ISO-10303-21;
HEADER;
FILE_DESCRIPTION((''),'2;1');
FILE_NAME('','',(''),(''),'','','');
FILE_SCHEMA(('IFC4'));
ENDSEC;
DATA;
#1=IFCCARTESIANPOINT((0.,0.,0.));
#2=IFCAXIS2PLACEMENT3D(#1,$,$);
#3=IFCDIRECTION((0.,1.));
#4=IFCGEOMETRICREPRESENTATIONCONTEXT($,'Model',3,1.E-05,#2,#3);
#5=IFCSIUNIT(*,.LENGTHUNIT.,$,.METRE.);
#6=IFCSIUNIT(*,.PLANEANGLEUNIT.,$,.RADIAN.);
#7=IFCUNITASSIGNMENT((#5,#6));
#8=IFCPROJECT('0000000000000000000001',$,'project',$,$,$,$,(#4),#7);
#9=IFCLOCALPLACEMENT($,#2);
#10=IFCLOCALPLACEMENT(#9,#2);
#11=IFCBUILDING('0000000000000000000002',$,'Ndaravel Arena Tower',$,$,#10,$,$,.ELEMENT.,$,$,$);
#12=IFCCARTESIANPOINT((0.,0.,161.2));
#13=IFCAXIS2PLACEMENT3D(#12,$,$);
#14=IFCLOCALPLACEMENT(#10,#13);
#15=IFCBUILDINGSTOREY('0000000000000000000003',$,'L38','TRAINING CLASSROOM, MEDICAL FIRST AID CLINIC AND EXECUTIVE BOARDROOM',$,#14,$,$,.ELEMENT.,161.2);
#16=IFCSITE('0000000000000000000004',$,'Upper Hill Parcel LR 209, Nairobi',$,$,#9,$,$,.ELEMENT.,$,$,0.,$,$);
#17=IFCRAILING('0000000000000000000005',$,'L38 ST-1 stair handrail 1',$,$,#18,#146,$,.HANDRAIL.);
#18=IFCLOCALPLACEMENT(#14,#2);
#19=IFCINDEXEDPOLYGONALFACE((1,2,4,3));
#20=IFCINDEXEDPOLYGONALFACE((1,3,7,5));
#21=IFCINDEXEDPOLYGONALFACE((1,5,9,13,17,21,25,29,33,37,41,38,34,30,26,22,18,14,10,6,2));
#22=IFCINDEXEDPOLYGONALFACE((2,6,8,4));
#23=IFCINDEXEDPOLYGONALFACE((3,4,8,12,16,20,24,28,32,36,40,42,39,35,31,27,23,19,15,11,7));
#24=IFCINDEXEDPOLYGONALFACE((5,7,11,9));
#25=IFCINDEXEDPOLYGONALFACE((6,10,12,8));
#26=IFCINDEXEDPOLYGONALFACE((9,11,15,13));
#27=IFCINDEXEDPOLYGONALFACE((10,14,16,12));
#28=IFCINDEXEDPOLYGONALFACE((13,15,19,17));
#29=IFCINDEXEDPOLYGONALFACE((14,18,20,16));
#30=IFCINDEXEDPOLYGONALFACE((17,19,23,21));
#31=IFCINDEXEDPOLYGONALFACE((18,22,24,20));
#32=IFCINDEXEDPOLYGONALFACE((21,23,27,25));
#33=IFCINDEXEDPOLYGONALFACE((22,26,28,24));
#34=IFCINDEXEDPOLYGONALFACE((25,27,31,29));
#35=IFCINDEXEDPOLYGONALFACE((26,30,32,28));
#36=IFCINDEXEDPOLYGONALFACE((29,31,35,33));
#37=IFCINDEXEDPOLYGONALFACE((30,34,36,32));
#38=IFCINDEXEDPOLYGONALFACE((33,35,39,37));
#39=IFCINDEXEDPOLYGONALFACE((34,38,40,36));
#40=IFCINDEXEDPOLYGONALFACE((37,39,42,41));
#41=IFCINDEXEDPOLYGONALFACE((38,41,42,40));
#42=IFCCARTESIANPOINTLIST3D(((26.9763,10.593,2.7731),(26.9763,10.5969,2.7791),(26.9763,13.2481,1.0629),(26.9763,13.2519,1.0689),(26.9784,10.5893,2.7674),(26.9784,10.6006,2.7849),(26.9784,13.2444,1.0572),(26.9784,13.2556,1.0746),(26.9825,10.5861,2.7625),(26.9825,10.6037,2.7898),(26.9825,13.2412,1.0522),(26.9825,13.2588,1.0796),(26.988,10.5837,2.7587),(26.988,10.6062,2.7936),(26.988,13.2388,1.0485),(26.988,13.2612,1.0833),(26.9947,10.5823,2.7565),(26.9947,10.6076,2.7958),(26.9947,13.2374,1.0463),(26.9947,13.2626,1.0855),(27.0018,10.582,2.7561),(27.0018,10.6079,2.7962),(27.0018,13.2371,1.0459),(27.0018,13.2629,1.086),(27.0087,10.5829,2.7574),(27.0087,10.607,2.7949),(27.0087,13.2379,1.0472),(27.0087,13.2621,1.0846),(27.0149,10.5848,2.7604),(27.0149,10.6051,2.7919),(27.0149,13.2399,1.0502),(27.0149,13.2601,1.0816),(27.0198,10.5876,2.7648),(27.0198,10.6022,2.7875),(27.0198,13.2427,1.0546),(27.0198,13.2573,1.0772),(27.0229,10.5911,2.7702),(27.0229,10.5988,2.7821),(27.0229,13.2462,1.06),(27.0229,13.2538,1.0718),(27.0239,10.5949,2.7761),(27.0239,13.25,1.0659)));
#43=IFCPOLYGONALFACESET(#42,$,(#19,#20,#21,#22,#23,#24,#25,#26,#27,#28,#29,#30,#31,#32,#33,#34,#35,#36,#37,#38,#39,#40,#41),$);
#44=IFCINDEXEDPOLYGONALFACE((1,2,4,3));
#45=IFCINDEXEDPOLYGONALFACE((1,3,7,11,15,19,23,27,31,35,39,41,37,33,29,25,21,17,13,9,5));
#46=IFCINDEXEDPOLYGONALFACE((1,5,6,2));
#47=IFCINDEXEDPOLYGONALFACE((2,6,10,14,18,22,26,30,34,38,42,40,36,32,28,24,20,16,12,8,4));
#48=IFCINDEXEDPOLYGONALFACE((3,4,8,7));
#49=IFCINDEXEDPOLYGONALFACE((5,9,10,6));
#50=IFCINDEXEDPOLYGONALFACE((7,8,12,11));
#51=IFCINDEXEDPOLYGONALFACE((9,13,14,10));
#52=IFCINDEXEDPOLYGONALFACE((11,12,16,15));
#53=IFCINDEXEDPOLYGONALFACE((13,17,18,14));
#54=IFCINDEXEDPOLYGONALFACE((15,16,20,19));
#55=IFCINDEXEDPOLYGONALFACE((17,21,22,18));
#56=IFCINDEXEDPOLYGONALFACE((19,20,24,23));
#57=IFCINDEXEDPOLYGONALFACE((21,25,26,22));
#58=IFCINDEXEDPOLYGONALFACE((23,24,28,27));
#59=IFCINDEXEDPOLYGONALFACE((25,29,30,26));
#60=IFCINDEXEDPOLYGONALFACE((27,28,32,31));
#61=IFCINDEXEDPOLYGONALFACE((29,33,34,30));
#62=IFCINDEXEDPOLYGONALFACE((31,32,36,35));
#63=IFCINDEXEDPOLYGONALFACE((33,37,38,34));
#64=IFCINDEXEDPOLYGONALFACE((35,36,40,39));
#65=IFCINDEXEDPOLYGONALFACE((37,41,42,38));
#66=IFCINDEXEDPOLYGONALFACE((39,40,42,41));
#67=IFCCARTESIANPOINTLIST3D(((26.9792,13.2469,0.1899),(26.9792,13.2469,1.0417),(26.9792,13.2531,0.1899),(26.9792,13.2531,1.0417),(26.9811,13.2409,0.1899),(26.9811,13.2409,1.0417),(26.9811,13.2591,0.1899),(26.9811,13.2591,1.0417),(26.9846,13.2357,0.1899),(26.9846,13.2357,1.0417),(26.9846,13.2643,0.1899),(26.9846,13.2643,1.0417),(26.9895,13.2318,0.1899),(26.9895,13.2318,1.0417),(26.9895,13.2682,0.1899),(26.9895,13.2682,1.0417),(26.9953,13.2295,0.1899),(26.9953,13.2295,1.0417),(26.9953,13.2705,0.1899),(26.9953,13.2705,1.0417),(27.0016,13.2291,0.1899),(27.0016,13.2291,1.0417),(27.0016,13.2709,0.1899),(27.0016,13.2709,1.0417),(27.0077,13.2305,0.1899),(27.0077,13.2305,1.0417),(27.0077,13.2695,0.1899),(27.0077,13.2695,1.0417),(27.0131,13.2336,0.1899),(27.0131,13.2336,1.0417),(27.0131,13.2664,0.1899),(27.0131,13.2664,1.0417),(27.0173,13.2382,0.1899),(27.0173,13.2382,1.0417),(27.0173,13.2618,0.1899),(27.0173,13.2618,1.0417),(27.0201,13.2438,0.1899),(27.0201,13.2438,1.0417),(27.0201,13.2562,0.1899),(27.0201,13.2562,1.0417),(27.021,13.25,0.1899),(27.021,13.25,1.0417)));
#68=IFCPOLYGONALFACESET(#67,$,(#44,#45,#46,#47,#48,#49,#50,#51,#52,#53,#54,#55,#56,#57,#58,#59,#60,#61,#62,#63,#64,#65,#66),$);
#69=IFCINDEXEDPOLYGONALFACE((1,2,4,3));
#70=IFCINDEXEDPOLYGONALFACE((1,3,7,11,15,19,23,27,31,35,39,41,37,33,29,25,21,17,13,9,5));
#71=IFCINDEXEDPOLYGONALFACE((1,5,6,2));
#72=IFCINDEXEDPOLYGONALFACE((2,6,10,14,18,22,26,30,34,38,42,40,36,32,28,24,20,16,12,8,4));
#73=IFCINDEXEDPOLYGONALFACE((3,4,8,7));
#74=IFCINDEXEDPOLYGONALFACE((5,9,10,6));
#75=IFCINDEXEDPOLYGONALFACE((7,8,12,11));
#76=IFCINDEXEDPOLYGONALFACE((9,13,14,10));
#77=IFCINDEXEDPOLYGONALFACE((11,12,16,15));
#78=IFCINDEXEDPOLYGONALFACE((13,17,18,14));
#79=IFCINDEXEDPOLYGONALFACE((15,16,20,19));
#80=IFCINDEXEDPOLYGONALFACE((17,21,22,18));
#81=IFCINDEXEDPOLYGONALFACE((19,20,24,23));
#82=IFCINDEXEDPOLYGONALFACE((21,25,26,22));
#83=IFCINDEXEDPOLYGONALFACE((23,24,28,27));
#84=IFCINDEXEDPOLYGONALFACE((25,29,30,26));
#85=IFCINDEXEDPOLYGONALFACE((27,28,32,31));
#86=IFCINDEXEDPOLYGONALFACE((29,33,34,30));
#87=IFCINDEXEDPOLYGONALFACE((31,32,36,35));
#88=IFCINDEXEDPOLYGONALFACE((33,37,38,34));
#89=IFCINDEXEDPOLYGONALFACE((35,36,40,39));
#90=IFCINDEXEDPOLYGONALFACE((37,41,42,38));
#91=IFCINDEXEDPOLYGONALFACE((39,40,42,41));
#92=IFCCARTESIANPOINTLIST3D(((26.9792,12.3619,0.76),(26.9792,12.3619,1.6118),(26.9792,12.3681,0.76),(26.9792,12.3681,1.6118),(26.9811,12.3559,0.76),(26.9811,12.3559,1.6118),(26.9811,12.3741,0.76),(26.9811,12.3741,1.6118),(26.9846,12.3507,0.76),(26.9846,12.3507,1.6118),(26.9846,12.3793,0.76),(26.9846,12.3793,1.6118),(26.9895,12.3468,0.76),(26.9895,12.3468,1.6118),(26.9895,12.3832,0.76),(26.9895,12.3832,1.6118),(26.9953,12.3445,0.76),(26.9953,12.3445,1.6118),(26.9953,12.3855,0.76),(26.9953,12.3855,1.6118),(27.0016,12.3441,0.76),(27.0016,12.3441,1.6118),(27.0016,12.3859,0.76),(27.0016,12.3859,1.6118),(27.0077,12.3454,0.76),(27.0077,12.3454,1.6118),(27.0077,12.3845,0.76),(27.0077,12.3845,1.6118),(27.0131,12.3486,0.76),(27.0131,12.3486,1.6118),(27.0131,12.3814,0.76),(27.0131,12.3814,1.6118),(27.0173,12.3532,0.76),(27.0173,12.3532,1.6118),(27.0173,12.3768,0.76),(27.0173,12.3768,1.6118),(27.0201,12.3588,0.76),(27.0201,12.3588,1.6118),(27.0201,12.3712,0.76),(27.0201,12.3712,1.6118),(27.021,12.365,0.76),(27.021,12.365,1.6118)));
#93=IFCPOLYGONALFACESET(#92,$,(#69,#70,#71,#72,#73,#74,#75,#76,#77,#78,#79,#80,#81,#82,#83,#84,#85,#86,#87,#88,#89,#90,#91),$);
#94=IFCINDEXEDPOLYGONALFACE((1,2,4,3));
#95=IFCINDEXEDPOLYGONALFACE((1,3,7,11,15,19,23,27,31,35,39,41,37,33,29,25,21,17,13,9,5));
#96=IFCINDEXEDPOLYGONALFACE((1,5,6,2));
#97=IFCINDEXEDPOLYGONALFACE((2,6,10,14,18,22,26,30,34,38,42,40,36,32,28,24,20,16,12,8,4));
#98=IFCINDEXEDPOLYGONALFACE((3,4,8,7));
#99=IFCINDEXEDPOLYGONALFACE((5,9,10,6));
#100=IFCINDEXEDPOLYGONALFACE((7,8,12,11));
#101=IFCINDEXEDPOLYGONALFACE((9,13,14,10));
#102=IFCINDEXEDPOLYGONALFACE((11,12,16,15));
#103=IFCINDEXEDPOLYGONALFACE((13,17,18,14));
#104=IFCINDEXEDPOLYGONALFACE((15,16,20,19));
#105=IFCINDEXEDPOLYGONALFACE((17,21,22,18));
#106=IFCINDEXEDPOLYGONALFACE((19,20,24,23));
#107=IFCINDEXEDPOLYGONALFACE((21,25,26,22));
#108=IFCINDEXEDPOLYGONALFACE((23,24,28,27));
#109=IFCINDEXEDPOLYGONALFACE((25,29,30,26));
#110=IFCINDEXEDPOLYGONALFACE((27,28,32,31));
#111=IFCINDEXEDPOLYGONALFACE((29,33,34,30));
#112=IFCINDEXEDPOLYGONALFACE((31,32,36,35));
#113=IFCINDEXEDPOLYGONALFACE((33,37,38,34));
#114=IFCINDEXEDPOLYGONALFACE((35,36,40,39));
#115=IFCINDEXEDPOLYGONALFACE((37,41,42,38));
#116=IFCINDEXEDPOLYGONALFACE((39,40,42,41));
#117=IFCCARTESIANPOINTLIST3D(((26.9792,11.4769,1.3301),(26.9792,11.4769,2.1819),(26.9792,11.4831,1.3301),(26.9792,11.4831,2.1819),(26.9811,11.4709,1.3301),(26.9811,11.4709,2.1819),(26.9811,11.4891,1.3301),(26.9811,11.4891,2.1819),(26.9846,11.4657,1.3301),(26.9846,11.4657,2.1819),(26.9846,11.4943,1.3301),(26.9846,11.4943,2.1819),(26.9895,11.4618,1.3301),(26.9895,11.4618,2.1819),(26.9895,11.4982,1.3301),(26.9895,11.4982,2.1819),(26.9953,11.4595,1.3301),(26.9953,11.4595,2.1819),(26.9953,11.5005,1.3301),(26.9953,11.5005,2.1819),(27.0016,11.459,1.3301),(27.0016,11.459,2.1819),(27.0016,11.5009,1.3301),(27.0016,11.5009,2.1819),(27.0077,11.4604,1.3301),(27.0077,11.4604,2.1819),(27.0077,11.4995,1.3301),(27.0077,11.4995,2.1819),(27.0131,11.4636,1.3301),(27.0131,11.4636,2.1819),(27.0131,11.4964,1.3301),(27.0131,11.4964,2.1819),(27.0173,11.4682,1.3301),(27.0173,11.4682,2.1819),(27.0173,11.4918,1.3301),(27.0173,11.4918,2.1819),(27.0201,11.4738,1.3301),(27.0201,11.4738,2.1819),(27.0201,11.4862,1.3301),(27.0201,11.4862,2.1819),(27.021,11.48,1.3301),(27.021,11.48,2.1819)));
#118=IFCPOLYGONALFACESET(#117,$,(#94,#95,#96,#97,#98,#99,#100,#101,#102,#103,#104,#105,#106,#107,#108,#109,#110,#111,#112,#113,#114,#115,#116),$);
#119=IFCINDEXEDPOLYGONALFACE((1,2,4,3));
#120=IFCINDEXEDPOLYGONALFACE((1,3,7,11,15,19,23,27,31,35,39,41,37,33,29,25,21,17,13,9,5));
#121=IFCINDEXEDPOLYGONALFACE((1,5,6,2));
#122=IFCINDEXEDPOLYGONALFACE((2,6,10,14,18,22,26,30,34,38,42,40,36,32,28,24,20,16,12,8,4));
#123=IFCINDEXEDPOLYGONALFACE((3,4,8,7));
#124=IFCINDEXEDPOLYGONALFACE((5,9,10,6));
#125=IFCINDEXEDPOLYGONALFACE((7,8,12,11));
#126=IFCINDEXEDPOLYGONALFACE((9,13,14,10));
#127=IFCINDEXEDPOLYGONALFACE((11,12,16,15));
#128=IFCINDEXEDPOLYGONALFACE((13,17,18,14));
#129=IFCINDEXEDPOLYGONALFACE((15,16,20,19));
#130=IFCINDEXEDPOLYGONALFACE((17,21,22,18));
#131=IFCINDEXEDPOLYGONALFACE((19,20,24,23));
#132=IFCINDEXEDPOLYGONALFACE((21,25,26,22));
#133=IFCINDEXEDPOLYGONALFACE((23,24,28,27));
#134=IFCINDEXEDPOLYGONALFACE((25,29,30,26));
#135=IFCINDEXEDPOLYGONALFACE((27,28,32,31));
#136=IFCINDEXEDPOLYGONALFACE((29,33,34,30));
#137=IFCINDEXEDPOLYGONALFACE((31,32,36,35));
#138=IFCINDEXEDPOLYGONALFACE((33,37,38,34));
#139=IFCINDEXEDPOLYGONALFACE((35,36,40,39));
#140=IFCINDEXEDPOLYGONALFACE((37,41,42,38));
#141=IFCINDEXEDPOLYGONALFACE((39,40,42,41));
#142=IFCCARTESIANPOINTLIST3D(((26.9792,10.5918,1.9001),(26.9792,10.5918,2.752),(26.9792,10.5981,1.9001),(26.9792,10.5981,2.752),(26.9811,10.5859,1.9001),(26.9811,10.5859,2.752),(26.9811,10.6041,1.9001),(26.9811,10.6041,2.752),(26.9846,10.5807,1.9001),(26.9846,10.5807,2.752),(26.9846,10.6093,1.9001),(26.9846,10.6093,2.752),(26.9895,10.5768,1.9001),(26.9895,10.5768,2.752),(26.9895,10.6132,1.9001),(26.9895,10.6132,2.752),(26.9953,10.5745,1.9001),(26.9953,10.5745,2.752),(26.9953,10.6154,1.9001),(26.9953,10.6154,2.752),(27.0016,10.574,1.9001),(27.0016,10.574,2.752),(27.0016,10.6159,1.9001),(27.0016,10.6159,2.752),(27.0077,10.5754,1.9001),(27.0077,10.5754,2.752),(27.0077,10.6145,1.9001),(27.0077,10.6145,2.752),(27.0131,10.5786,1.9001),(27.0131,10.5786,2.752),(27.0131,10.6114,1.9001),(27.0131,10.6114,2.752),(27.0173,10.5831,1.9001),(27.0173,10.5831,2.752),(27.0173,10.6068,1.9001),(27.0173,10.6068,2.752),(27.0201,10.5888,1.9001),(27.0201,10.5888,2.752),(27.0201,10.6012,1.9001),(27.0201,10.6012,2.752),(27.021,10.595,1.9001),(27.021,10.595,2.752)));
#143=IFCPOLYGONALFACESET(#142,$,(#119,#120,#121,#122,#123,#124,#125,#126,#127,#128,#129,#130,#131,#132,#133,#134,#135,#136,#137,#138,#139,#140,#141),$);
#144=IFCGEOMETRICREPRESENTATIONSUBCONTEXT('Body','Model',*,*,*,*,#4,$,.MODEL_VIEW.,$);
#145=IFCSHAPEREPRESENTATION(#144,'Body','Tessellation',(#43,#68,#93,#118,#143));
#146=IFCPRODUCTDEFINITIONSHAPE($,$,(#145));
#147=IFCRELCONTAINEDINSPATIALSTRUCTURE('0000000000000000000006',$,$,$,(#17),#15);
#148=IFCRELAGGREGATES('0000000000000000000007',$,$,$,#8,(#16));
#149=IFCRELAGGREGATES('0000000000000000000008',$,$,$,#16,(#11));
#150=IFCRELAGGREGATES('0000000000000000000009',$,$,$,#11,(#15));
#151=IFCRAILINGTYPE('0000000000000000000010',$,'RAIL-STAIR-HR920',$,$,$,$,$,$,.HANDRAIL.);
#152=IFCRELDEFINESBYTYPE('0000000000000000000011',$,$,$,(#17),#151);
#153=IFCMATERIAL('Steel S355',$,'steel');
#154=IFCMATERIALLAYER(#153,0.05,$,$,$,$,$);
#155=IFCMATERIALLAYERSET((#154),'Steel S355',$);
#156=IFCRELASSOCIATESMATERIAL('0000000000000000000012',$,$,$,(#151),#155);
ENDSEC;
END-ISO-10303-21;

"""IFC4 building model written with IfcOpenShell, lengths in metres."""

from ifc_helpers import new_model, si_unit, direction, frame, origin, origin_2d, place, context, subcontext, project, spatial, circle, extrude, material, layer, layer_set, type_object, element, save


model = new_model("IFC4")

# Units and contexts
model_context = context("Model", 3, precision=1e-05, world=origin(), true_north=direction((0.0, 1.0)))
body_context = subcontext(model_context, "Body", "Model", "MODEL_VIEW")
ifc_project = project(units=[si_unit("LENGTHUNIT", "METRE"), si_unit("PLANEANGLEUNIT", "RADIAN")], contexts=[model_context])

# Site, building, storey
site_placement = place(None, origin())
site = spatial("IfcSite", under=ifc_project, at=site_placement, Name="Upper Hill Parcel LR 209, Nairobi", CompositionType="ELEMENT", RefElevation=0.0)
building_placement = place(site_placement, origin())
building = spatial("IfcBuilding", under=site, at=building_placement, Name="Ndaravel Arena Tower", CompositionType="ELEMENT")
storey_placement = place(building_placement, frame((0.0, 0.0, 161.2)))
storey = spatial("IfcBuildingStorey", under=building, at=storey_placement, Name="L38", Description="TRAINING CLASSROOM, MEDICAL FIRST AID CLINIC AND EXECUTIVE BOARDROOM", CompositionType="ELEMENT", Elevation=161.2)

# Railing
ifc_material_1 = material(Name="Steel S355", Category="steel")
ifc_layer_1 = layer(ifc_material_1, 0.05)
ifc_layer_set_1 = layer_set([ifc_layer_1], Name="Steel S355")
railing_type_1 = type_object("IfcRailingType", Name="RAIL-STAIR-HR920", PredefinedType="HANDRAIL", material=ifc_layer_set_1)
railing_1_placement = place(storey_placement, frame((27.0, 13.25, 0.1899)))
element("IfcRailing", 1, at=railing_1_placement, inside=storey, type_object=railing_type_1, Name="L38 ST-1 stair handrail 1", PredefinedType="HANDRAIL", context=body_context, shape_type="SweptSolid", body=[
    extrude(circle(Radius=0.0239, at=origin_2d()), frame((0.0, 0.0, 0.876), z_axis=(0.0, -0.840688, 0.541519), x_axis=(1.0, 0.0, 0.0)), (0.0, 0.0, 1.0), 3.1582),
    extrude(circle(Radius=0.021, at=origin_2d()), origin(), (0.0, 0.0, 1.0), 0.8518),
    extrude(circle(Radius=0.021, at=origin_2d()), frame((0.0, -0.885, 0.5701)), (0.0, 0.0, 1.0), 0.8518),
    extrude(circle(Radius=0.021, at=origin_2d()), frame((0.0, -1.77, 1.1401)), (0.0, 0.0, 1.0), 0.8518),
    extrude(circle(Radius=0.021, at=origin_2d()), frame((0.0, -2.655, 1.7102)), (0.0, 0.0, 1.0), 0.8518),
])

save(model, "model.ifc")
